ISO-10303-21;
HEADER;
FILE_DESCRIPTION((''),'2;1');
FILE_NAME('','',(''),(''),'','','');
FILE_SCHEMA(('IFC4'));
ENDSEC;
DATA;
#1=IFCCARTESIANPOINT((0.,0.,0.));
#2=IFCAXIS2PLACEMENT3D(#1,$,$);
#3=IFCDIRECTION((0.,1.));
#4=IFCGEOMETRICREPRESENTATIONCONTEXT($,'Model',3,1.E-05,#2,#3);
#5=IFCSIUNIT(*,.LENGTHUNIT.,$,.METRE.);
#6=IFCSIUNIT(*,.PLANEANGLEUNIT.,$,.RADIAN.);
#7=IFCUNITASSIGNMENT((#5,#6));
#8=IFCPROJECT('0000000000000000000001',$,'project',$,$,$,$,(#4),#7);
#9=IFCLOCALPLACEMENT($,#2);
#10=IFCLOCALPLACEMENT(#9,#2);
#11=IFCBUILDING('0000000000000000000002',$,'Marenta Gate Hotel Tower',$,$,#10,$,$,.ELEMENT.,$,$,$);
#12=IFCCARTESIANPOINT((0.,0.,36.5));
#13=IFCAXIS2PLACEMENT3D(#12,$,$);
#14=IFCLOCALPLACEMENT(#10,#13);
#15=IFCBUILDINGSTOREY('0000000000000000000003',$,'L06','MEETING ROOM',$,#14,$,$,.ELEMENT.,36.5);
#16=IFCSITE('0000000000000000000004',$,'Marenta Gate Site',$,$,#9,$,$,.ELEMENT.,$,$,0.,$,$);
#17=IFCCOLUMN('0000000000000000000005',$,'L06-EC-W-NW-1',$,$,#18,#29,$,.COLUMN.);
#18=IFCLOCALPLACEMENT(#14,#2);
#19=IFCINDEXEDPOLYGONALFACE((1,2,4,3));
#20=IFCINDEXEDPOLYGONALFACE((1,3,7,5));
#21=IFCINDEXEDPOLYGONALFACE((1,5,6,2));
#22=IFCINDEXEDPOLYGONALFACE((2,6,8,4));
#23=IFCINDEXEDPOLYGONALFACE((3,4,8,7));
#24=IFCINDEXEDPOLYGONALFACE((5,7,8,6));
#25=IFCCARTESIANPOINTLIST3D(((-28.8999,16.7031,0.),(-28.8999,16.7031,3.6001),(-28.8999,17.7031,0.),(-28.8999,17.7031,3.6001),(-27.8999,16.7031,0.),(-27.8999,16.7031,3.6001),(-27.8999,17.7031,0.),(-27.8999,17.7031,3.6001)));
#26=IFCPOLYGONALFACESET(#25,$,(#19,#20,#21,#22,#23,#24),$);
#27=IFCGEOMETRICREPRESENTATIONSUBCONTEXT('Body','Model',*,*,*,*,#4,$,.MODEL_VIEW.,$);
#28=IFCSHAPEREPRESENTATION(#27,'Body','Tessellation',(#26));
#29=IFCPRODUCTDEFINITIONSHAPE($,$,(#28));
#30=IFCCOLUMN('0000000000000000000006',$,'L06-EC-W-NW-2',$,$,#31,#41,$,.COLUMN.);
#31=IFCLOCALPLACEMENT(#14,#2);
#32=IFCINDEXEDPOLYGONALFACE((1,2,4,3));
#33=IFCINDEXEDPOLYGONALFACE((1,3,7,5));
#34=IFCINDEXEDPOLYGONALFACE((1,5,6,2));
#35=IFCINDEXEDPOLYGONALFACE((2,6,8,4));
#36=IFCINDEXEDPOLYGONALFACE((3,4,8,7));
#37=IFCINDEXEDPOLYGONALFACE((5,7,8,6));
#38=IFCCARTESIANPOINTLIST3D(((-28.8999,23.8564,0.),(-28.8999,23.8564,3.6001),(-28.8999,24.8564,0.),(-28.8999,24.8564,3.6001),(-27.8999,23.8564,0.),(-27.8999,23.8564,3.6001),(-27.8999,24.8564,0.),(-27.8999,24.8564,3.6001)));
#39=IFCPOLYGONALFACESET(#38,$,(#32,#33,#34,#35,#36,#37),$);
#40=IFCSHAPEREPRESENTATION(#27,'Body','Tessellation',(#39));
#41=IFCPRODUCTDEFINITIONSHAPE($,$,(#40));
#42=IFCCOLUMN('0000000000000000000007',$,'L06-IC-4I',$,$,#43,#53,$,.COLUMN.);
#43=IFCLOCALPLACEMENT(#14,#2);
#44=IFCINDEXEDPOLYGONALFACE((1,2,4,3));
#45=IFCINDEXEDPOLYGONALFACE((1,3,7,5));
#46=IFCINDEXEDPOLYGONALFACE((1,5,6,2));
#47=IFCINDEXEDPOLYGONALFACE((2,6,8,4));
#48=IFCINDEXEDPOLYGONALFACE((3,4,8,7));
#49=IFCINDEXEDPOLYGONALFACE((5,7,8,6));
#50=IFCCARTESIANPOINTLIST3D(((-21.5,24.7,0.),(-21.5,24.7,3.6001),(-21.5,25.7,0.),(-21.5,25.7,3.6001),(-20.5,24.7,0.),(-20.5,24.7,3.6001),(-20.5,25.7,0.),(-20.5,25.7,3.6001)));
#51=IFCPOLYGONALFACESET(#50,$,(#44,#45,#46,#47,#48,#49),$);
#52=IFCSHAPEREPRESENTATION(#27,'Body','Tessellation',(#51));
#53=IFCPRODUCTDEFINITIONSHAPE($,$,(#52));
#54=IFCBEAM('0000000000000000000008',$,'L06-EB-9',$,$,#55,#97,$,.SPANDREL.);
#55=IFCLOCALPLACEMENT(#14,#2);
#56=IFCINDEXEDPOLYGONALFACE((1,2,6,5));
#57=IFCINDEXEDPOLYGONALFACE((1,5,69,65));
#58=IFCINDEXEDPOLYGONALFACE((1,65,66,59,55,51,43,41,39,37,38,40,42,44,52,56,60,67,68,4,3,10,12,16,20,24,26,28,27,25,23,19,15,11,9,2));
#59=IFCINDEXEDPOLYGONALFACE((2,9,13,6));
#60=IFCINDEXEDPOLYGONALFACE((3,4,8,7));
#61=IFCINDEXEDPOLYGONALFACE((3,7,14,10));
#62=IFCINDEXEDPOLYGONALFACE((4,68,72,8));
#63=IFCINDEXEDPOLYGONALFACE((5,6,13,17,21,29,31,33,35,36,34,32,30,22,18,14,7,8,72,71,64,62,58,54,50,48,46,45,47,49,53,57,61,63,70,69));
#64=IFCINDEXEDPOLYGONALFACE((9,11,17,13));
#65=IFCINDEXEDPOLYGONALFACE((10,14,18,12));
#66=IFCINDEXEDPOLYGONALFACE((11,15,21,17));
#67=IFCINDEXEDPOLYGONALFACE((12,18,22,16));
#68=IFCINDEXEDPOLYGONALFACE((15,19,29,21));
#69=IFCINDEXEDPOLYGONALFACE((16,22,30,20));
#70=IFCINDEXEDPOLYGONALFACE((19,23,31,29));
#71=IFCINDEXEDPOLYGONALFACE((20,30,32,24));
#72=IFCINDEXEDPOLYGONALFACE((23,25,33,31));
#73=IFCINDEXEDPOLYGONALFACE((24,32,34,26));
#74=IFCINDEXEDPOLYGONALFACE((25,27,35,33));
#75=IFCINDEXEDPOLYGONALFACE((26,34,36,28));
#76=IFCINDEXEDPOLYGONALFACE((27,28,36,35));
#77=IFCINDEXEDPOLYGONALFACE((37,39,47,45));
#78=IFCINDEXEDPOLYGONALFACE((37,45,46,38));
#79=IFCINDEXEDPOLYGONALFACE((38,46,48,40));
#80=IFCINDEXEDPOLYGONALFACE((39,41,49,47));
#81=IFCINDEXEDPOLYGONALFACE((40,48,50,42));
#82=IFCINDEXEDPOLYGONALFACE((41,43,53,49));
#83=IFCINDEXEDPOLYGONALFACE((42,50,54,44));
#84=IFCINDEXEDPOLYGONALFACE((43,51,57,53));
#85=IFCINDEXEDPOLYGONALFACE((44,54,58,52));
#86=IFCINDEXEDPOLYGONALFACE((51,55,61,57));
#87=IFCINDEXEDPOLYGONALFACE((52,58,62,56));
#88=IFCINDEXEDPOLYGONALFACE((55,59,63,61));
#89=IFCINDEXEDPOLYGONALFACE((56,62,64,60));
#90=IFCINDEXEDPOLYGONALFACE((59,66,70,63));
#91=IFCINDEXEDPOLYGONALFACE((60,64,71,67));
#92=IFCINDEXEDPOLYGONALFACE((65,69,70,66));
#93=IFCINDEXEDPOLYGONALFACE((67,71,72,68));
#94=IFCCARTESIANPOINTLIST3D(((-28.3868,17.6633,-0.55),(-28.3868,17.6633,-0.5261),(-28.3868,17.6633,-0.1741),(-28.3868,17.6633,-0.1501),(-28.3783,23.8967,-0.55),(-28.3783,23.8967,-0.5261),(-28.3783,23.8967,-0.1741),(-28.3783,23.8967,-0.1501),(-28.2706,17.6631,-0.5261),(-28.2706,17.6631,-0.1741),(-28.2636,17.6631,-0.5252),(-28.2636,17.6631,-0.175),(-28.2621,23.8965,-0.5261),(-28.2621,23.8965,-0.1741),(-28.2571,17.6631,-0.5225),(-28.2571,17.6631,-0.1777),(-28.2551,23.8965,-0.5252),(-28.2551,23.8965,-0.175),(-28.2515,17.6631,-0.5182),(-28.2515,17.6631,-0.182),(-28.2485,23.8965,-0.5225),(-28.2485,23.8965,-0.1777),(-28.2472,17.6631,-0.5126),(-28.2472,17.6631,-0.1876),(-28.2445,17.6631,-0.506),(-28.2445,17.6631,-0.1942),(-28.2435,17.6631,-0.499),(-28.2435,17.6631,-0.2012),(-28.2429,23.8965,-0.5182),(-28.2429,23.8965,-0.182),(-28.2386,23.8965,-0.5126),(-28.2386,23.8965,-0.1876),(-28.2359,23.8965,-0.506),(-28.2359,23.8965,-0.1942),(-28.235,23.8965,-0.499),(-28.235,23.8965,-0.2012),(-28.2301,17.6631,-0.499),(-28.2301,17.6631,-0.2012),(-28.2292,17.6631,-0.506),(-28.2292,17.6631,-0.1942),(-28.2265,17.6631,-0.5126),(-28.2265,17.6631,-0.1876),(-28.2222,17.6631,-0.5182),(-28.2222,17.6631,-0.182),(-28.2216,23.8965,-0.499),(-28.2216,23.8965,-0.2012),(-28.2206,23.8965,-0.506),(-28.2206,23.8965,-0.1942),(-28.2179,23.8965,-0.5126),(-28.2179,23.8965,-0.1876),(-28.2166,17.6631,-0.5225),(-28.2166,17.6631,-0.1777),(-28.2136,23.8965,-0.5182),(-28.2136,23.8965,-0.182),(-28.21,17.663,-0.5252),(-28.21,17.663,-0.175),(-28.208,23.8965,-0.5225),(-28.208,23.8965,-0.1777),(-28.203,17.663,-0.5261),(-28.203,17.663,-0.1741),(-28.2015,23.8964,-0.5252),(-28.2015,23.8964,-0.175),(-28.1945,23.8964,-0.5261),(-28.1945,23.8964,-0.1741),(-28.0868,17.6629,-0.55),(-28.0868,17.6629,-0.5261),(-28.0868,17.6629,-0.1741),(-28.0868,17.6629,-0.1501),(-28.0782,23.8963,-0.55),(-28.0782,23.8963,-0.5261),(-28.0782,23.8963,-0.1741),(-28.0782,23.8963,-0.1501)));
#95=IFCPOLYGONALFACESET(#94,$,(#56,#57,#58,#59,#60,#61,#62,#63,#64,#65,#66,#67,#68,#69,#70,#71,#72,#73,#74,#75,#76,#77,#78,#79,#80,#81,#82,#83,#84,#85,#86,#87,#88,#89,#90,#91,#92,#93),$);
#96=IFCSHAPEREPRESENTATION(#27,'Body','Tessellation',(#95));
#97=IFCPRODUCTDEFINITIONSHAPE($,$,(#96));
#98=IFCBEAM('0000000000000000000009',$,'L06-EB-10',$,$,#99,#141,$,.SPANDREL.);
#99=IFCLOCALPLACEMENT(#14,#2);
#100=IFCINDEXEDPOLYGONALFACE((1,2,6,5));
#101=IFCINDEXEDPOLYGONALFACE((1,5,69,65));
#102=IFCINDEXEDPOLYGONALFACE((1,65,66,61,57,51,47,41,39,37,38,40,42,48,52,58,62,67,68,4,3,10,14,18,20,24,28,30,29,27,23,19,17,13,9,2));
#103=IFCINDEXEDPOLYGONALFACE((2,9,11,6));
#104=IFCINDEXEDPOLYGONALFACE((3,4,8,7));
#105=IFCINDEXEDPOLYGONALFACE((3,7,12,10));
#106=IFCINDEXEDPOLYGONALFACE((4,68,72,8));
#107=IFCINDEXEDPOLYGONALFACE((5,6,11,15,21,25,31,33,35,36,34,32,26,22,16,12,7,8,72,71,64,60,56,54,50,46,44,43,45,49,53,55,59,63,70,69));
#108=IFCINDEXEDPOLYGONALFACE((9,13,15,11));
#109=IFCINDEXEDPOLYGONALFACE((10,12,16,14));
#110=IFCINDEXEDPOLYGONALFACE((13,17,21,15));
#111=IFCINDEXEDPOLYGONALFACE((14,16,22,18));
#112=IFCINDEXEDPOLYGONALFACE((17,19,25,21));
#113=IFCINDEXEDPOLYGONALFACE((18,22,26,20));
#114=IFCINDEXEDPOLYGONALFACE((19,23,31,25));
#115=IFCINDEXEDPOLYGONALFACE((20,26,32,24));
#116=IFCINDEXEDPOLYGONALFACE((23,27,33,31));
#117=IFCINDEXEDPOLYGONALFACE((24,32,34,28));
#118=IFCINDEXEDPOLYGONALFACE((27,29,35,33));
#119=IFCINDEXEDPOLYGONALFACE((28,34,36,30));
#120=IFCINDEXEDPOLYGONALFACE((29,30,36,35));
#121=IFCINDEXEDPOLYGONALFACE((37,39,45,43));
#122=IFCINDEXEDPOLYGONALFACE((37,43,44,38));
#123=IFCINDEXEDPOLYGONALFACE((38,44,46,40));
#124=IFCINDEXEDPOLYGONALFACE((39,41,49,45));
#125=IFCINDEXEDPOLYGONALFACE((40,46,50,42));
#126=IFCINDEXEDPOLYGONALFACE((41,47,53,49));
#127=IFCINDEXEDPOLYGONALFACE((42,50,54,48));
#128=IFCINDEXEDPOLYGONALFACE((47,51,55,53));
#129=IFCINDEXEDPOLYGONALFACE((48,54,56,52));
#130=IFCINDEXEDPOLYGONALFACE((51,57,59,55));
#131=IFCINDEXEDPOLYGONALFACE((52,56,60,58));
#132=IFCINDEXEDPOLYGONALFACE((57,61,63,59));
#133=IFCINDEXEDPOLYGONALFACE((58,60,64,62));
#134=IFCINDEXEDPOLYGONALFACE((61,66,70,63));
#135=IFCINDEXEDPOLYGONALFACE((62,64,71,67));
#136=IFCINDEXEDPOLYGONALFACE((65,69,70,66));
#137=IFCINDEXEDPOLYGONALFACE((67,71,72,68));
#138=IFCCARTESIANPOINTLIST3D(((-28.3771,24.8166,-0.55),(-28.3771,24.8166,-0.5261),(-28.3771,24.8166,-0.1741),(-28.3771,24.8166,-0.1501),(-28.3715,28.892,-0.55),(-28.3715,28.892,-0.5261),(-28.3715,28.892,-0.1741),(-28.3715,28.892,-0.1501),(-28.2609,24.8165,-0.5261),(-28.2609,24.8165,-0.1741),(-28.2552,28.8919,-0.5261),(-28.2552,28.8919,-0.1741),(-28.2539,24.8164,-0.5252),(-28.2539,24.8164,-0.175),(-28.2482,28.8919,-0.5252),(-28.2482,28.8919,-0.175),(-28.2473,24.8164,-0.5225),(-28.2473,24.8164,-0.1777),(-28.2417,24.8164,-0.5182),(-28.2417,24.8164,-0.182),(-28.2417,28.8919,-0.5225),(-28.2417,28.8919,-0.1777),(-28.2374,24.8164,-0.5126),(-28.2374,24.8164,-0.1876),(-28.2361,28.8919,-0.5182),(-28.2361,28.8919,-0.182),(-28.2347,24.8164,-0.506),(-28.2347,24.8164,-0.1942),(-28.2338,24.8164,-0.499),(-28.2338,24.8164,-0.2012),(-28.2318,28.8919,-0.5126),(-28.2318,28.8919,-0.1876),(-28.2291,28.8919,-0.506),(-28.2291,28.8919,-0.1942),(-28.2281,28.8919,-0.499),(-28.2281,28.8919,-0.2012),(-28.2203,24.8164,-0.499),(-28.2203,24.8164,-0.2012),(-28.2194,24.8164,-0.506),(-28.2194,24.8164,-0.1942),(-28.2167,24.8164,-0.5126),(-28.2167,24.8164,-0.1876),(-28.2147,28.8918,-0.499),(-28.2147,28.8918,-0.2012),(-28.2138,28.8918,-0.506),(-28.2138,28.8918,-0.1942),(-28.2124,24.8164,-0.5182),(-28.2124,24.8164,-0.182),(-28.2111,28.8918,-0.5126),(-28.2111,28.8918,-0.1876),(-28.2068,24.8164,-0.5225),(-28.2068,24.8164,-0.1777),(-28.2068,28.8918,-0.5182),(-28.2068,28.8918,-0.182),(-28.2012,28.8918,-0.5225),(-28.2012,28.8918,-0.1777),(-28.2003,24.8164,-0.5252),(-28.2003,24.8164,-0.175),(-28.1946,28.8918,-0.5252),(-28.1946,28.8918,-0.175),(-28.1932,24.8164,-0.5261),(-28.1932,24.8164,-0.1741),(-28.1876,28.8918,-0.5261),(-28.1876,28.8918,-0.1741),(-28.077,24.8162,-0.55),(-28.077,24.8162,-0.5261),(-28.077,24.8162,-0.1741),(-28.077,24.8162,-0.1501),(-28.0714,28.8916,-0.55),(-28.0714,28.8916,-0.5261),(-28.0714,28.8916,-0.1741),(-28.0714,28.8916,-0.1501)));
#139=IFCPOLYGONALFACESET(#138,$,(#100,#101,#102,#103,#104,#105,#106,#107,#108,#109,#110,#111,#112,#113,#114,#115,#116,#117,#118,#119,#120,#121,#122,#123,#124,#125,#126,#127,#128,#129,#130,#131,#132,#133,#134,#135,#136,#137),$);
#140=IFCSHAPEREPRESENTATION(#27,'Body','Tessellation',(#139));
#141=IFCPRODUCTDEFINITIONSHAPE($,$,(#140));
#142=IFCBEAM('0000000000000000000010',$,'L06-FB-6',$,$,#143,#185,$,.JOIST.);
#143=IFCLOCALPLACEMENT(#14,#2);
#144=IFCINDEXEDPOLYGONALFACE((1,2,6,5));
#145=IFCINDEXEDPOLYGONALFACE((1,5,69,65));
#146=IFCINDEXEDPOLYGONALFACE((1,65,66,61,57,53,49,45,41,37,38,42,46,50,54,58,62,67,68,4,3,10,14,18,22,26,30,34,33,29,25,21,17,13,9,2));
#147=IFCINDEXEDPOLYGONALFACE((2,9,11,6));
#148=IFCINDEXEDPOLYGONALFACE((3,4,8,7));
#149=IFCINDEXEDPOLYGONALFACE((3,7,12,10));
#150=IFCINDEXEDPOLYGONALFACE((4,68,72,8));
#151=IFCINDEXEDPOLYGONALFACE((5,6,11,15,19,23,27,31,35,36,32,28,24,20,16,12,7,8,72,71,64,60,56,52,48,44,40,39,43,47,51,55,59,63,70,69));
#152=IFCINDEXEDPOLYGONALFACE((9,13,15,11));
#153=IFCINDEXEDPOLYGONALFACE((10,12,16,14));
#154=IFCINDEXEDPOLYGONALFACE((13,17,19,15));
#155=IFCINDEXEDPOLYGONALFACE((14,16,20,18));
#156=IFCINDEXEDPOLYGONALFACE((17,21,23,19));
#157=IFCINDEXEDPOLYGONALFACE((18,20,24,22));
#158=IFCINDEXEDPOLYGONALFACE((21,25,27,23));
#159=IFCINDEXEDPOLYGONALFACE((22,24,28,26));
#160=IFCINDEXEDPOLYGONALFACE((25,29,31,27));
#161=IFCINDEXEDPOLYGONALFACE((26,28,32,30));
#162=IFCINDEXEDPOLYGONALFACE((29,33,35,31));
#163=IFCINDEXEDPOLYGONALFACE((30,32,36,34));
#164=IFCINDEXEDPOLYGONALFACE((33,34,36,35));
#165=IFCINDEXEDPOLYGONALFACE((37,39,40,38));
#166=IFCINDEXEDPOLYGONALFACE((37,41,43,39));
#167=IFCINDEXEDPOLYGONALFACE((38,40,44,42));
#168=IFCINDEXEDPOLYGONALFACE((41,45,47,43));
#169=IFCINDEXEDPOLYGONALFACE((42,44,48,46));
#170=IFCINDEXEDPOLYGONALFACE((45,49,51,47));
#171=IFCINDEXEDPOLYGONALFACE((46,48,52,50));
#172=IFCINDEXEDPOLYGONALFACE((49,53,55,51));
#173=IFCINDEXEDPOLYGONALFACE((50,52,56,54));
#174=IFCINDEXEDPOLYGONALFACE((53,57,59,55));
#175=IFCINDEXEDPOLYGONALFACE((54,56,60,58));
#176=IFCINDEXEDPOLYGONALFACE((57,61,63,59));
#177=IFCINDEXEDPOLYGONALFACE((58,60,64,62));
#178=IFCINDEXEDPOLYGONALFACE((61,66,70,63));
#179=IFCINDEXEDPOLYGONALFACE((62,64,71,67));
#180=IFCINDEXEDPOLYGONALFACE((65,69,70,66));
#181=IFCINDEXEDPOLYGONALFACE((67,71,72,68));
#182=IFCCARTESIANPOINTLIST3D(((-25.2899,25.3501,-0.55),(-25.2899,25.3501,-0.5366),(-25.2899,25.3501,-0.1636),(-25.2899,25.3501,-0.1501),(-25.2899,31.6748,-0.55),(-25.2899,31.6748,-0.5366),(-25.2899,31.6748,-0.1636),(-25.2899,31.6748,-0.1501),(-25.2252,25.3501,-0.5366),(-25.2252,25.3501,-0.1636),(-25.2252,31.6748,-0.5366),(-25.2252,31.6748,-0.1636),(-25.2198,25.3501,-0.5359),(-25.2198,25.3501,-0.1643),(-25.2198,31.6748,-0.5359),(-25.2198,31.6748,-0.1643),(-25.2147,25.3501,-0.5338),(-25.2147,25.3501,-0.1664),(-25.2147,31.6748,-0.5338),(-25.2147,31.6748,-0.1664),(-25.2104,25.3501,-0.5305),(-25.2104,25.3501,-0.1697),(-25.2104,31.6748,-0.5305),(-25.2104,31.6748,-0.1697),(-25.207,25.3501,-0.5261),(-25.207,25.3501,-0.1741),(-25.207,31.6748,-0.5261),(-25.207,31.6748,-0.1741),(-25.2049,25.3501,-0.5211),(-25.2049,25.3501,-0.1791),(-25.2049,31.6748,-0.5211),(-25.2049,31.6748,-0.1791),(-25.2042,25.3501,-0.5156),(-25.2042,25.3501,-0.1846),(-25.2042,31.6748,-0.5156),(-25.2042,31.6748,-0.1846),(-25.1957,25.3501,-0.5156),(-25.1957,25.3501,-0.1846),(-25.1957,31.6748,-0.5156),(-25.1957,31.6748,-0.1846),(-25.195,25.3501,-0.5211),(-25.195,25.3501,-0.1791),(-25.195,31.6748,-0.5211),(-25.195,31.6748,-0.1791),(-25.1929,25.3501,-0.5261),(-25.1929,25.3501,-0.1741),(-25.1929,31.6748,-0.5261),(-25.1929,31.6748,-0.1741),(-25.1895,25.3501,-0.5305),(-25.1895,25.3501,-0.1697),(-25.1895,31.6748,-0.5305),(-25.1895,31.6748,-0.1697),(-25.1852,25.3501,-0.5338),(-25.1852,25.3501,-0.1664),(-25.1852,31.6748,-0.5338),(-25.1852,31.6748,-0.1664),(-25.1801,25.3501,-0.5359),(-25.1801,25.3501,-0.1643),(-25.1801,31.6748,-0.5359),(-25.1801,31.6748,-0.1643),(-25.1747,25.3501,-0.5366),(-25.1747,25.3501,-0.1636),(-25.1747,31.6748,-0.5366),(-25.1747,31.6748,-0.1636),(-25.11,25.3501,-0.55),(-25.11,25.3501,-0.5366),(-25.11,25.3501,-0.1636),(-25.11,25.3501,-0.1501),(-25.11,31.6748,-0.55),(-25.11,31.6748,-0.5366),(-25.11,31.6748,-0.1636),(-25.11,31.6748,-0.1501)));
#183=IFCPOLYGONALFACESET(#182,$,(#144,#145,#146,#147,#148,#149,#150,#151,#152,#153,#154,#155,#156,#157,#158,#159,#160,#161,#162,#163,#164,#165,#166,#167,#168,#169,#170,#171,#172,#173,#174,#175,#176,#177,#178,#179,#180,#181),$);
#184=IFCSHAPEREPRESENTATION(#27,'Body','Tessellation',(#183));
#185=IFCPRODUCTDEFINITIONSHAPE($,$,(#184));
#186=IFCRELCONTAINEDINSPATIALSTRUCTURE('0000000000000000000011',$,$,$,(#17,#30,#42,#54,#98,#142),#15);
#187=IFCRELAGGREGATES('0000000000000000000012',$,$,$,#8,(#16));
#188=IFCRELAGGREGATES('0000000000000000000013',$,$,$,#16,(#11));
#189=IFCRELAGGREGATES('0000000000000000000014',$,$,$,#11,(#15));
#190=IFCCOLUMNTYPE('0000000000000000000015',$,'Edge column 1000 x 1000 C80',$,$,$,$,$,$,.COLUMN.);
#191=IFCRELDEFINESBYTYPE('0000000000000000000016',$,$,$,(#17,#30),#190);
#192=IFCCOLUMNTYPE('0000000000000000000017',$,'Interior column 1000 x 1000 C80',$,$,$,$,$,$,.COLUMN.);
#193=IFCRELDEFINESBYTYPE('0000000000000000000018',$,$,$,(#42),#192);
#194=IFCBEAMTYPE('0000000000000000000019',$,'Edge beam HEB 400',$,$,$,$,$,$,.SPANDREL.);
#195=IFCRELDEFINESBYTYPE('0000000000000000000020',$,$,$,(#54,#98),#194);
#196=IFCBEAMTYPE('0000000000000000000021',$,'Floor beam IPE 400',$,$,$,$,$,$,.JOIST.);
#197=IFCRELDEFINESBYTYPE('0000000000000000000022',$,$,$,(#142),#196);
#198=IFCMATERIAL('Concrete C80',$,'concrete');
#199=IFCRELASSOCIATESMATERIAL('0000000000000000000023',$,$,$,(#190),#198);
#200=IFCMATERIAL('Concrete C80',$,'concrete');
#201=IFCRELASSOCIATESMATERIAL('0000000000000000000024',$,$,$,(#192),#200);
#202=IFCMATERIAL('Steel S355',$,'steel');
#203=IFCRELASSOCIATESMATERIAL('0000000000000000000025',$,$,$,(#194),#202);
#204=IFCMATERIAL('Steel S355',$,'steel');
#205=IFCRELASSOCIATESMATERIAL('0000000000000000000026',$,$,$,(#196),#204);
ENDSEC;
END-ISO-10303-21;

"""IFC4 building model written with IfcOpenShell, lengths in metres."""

from ifc_helpers import new_model, si_unit, direction, frame, origin, origin_2d, place, context, subcontext, project, spatial, rectangle, i_section, extrude, material, material_profile, profile_set, type_object, element, save


model = new_model("IFC4")

# Units and contexts
model_context = context("Model", 3, precision=1e-05, world=origin(), true_north=direction((0.0, 1.0)))
body_context = subcontext(model_context, "Body", "Model", "MODEL_VIEW")
ifc_project = project(units=[si_unit("LENGTHUNIT", "METRE"), si_unit("PLANEANGLEUNIT", "RADIAN")], contexts=[model_context])

# Site, building, storey
site_placement = place(None, origin())
site = spatial("IfcSite", under=ifc_project, at=site_placement, Name="Marenta Gate Site", CompositionType="ELEMENT", RefElevation=0.0)
building_placement = place(site_placement, origin())
building = spatial("IfcBuilding", under=site, at=building_placement, Name="Marenta Gate Hotel Tower", CompositionType="ELEMENT")
storey_placement = place(building_placement, frame((0.0, 0.0, 36.5)))
storey = spatial("IfcBuildingStorey", under=building, at=storey_placement, Name="L06", Description="MEETING ROOM", CompositionType="ELEMENT", Elevation=36.5)

# Columns
ifc_material_1 = material(Name="Concrete C80", Category="concrete")
ifc_material_profile_1 = material_profile(ifc_material_1, rectangle(XDim=1.0, YDim=1.0, at=origin_2d()), Name="1000 x 1000")
ifc_profile_set_1 = profile_set([ifc_material_profile_1], Name="Concrete C80")
column_type_1 = type_object("IfcColumnType", Name="Edge column 1000 x 1000 C80", PredefinedType="COLUMN", material=ifc_profile_set_1)
for number, where, z_axis, x_axis, name in (
    (1, (-28.3999, 17.2031, 0.0), (0.0, 0.0, 1.0), (1.0, 0.0, 0.0), "L06-EC-W-NW-1"),
    (2, (-28.3999, 24.3564, 0.0), (0.0, 0.0, 1.0), (1.0, 0.0, 0.0), "L06-EC-W-NW-2"),
):
    element("IfcColumn", number, at=place(storey_placement, frame(where, z_axis=z_axis, x_axis=x_axis)), inside=storey, type_object=column_type_1, Name=name, PredefinedType="COLUMN", context=body_context, shape_type="SweptSolid", body=[
        extrude(rectangle(XDim=1.0, YDim=1.0, at=origin_2d()), origin(), (0.0, 0.0, 1.0), 3.6001),
    ])
ifc_material_2 = material(Name="Concrete C80", Category="concrete")
ifc_material_profile_2 = material_profile(ifc_material_2, rectangle(XDim=1.0, YDim=1.0, at=origin_2d()), Name="1000 x 1000")
ifc_profile_set_2 = profile_set([ifc_material_profile_2], Name="Concrete C80")
column_type_2 = type_object("IfcColumnType", Name="Interior column 1000 x 1000 C80", PredefinedType="COLUMN", material=ifc_profile_set_2)
column_placement = place(storey_placement, frame((-21.0, 25.2, 0.0), z_axis=(0.0, 0.0, 1.0), x_axis=(1.0, 0.0, 0.0)))
element("IfcColumn", 3, at=column_placement, inside=storey, type_object=column_type_2, Name="L06-IC-4I", PredefinedType="COLUMN", context=body_context, shape_type="SweptSolid", body=[
    extrude(rectangle(XDim=1.0, YDim=1.0, at=origin_2d()), origin(), (0.0, 0.0, 1.0), 3.6001),
])

# Beams
ifc_material_3 = material(Name="Steel S355", Category="steel")
ifc_material_profile_3 = material_profile(ifc_material_3, i_section(OverallWidth=0.3, OverallDepth=0.3999, WebThickness=0.0134, FlangeThickness=0.0239, FilletRadius=0.0271, at=origin_2d()), Name="HEB 400")
ifc_profile_set_3 = profile_set([ifc_material_profile_3], Name="Steel S355")
beam_type_1 = type_object("IfcBeamType", Name="Edge beam HEB 400", PredefinedType="SPANDREL", material=ifc_profile_set_3)
beam_1_placement = place(storey_placement, frame((-28.2368, 17.6631, -0.3501), z_axis=(0.001371, 0.999999, 0.0), x_axis=(-0.999999, 0.001371, 0.0)))
element("IfcBeam", 4, at=beam_1_placement, inside=storey, type_object=beam_type_1, Name="L06-EB-9", PredefinedType="SPANDREL", context=body_context, shape_type="SweptSolid", body=[
    extrude(i_section(OverallWidth=0.3, OverallDepth=0.3999, WebThickness=0.0134, FlangeThickness=0.0239, FilletRadius=0.0271, at=origin_2d()), origin(), (0.0, 0.0, 1.0), 6.2334),
])
beam_2_placement = place(storey_placement, frame((-28.2271, 24.8164, -0.3501), z_axis=(0.001378, 0.999999, 0.0), x_axis=(-0.999999, 0.001378, 0.0)))
element("IfcBeam", 5, at=beam_2_placement, inside=storey, type_object=beam_type_1, Name="L06-EB-10", PredefinedType="SPANDREL", context=body_context, shape_type="SweptSolid", body=[
    extrude(i_section(OverallWidth=0.3, OverallDepth=0.3999, WebThickness=0.0134, FlangeThickness=0.0239, FilletRadius=0.0271, at=origin_2d()), origin(), (0.0, 0.0, 1.0), 4.0754),
])
ifc_material_4 = material(Name="Steel S355", Category="steel")
ifc_material_profile_4 = material_profile(ifc_material_4, i_section(OverallWidth=0.1799, OverallDepth=0.3999, WebThickness=0.0085, FlangeThickness=0.0134, FilletRadius=0.021, at=origin_2d()), Name="IPE 400")
ifc_profile_set_4 = profile_set([ifc_material_profile_4], Name="Steel S355")
beam_type_2 = type_object("IfcBeamType", Name="Floor beam IPE 400", PredefinedType="JOIST", material=ifc_profile_set_4)
beam_3_placement = place(storey_placement, frame((-25.2, 25.3501, -0.3501), z_axis=(0.0, 1.0, 0.0), x_axis=(-1.0, 0.0, 0.0)))
element("IfcBeam", 6, at=beam_3_placement, inside=storey, type_object=beam_type_2, Name="L06-FB-6", PredefinedType="JOIST", context=body_context, shape_type="SweptSolid", body=[
    extrude(i_section(OverallWidth=0.1799, OverallDepth=0.3999, WebThickness=0.0085, FlangeThickness=0.0134, FilletRadius=0.021, at=origin_2d()), origin(), (0.0, 0.0, 1.0), 6.3247),
])

save(model, "model.ifc")
